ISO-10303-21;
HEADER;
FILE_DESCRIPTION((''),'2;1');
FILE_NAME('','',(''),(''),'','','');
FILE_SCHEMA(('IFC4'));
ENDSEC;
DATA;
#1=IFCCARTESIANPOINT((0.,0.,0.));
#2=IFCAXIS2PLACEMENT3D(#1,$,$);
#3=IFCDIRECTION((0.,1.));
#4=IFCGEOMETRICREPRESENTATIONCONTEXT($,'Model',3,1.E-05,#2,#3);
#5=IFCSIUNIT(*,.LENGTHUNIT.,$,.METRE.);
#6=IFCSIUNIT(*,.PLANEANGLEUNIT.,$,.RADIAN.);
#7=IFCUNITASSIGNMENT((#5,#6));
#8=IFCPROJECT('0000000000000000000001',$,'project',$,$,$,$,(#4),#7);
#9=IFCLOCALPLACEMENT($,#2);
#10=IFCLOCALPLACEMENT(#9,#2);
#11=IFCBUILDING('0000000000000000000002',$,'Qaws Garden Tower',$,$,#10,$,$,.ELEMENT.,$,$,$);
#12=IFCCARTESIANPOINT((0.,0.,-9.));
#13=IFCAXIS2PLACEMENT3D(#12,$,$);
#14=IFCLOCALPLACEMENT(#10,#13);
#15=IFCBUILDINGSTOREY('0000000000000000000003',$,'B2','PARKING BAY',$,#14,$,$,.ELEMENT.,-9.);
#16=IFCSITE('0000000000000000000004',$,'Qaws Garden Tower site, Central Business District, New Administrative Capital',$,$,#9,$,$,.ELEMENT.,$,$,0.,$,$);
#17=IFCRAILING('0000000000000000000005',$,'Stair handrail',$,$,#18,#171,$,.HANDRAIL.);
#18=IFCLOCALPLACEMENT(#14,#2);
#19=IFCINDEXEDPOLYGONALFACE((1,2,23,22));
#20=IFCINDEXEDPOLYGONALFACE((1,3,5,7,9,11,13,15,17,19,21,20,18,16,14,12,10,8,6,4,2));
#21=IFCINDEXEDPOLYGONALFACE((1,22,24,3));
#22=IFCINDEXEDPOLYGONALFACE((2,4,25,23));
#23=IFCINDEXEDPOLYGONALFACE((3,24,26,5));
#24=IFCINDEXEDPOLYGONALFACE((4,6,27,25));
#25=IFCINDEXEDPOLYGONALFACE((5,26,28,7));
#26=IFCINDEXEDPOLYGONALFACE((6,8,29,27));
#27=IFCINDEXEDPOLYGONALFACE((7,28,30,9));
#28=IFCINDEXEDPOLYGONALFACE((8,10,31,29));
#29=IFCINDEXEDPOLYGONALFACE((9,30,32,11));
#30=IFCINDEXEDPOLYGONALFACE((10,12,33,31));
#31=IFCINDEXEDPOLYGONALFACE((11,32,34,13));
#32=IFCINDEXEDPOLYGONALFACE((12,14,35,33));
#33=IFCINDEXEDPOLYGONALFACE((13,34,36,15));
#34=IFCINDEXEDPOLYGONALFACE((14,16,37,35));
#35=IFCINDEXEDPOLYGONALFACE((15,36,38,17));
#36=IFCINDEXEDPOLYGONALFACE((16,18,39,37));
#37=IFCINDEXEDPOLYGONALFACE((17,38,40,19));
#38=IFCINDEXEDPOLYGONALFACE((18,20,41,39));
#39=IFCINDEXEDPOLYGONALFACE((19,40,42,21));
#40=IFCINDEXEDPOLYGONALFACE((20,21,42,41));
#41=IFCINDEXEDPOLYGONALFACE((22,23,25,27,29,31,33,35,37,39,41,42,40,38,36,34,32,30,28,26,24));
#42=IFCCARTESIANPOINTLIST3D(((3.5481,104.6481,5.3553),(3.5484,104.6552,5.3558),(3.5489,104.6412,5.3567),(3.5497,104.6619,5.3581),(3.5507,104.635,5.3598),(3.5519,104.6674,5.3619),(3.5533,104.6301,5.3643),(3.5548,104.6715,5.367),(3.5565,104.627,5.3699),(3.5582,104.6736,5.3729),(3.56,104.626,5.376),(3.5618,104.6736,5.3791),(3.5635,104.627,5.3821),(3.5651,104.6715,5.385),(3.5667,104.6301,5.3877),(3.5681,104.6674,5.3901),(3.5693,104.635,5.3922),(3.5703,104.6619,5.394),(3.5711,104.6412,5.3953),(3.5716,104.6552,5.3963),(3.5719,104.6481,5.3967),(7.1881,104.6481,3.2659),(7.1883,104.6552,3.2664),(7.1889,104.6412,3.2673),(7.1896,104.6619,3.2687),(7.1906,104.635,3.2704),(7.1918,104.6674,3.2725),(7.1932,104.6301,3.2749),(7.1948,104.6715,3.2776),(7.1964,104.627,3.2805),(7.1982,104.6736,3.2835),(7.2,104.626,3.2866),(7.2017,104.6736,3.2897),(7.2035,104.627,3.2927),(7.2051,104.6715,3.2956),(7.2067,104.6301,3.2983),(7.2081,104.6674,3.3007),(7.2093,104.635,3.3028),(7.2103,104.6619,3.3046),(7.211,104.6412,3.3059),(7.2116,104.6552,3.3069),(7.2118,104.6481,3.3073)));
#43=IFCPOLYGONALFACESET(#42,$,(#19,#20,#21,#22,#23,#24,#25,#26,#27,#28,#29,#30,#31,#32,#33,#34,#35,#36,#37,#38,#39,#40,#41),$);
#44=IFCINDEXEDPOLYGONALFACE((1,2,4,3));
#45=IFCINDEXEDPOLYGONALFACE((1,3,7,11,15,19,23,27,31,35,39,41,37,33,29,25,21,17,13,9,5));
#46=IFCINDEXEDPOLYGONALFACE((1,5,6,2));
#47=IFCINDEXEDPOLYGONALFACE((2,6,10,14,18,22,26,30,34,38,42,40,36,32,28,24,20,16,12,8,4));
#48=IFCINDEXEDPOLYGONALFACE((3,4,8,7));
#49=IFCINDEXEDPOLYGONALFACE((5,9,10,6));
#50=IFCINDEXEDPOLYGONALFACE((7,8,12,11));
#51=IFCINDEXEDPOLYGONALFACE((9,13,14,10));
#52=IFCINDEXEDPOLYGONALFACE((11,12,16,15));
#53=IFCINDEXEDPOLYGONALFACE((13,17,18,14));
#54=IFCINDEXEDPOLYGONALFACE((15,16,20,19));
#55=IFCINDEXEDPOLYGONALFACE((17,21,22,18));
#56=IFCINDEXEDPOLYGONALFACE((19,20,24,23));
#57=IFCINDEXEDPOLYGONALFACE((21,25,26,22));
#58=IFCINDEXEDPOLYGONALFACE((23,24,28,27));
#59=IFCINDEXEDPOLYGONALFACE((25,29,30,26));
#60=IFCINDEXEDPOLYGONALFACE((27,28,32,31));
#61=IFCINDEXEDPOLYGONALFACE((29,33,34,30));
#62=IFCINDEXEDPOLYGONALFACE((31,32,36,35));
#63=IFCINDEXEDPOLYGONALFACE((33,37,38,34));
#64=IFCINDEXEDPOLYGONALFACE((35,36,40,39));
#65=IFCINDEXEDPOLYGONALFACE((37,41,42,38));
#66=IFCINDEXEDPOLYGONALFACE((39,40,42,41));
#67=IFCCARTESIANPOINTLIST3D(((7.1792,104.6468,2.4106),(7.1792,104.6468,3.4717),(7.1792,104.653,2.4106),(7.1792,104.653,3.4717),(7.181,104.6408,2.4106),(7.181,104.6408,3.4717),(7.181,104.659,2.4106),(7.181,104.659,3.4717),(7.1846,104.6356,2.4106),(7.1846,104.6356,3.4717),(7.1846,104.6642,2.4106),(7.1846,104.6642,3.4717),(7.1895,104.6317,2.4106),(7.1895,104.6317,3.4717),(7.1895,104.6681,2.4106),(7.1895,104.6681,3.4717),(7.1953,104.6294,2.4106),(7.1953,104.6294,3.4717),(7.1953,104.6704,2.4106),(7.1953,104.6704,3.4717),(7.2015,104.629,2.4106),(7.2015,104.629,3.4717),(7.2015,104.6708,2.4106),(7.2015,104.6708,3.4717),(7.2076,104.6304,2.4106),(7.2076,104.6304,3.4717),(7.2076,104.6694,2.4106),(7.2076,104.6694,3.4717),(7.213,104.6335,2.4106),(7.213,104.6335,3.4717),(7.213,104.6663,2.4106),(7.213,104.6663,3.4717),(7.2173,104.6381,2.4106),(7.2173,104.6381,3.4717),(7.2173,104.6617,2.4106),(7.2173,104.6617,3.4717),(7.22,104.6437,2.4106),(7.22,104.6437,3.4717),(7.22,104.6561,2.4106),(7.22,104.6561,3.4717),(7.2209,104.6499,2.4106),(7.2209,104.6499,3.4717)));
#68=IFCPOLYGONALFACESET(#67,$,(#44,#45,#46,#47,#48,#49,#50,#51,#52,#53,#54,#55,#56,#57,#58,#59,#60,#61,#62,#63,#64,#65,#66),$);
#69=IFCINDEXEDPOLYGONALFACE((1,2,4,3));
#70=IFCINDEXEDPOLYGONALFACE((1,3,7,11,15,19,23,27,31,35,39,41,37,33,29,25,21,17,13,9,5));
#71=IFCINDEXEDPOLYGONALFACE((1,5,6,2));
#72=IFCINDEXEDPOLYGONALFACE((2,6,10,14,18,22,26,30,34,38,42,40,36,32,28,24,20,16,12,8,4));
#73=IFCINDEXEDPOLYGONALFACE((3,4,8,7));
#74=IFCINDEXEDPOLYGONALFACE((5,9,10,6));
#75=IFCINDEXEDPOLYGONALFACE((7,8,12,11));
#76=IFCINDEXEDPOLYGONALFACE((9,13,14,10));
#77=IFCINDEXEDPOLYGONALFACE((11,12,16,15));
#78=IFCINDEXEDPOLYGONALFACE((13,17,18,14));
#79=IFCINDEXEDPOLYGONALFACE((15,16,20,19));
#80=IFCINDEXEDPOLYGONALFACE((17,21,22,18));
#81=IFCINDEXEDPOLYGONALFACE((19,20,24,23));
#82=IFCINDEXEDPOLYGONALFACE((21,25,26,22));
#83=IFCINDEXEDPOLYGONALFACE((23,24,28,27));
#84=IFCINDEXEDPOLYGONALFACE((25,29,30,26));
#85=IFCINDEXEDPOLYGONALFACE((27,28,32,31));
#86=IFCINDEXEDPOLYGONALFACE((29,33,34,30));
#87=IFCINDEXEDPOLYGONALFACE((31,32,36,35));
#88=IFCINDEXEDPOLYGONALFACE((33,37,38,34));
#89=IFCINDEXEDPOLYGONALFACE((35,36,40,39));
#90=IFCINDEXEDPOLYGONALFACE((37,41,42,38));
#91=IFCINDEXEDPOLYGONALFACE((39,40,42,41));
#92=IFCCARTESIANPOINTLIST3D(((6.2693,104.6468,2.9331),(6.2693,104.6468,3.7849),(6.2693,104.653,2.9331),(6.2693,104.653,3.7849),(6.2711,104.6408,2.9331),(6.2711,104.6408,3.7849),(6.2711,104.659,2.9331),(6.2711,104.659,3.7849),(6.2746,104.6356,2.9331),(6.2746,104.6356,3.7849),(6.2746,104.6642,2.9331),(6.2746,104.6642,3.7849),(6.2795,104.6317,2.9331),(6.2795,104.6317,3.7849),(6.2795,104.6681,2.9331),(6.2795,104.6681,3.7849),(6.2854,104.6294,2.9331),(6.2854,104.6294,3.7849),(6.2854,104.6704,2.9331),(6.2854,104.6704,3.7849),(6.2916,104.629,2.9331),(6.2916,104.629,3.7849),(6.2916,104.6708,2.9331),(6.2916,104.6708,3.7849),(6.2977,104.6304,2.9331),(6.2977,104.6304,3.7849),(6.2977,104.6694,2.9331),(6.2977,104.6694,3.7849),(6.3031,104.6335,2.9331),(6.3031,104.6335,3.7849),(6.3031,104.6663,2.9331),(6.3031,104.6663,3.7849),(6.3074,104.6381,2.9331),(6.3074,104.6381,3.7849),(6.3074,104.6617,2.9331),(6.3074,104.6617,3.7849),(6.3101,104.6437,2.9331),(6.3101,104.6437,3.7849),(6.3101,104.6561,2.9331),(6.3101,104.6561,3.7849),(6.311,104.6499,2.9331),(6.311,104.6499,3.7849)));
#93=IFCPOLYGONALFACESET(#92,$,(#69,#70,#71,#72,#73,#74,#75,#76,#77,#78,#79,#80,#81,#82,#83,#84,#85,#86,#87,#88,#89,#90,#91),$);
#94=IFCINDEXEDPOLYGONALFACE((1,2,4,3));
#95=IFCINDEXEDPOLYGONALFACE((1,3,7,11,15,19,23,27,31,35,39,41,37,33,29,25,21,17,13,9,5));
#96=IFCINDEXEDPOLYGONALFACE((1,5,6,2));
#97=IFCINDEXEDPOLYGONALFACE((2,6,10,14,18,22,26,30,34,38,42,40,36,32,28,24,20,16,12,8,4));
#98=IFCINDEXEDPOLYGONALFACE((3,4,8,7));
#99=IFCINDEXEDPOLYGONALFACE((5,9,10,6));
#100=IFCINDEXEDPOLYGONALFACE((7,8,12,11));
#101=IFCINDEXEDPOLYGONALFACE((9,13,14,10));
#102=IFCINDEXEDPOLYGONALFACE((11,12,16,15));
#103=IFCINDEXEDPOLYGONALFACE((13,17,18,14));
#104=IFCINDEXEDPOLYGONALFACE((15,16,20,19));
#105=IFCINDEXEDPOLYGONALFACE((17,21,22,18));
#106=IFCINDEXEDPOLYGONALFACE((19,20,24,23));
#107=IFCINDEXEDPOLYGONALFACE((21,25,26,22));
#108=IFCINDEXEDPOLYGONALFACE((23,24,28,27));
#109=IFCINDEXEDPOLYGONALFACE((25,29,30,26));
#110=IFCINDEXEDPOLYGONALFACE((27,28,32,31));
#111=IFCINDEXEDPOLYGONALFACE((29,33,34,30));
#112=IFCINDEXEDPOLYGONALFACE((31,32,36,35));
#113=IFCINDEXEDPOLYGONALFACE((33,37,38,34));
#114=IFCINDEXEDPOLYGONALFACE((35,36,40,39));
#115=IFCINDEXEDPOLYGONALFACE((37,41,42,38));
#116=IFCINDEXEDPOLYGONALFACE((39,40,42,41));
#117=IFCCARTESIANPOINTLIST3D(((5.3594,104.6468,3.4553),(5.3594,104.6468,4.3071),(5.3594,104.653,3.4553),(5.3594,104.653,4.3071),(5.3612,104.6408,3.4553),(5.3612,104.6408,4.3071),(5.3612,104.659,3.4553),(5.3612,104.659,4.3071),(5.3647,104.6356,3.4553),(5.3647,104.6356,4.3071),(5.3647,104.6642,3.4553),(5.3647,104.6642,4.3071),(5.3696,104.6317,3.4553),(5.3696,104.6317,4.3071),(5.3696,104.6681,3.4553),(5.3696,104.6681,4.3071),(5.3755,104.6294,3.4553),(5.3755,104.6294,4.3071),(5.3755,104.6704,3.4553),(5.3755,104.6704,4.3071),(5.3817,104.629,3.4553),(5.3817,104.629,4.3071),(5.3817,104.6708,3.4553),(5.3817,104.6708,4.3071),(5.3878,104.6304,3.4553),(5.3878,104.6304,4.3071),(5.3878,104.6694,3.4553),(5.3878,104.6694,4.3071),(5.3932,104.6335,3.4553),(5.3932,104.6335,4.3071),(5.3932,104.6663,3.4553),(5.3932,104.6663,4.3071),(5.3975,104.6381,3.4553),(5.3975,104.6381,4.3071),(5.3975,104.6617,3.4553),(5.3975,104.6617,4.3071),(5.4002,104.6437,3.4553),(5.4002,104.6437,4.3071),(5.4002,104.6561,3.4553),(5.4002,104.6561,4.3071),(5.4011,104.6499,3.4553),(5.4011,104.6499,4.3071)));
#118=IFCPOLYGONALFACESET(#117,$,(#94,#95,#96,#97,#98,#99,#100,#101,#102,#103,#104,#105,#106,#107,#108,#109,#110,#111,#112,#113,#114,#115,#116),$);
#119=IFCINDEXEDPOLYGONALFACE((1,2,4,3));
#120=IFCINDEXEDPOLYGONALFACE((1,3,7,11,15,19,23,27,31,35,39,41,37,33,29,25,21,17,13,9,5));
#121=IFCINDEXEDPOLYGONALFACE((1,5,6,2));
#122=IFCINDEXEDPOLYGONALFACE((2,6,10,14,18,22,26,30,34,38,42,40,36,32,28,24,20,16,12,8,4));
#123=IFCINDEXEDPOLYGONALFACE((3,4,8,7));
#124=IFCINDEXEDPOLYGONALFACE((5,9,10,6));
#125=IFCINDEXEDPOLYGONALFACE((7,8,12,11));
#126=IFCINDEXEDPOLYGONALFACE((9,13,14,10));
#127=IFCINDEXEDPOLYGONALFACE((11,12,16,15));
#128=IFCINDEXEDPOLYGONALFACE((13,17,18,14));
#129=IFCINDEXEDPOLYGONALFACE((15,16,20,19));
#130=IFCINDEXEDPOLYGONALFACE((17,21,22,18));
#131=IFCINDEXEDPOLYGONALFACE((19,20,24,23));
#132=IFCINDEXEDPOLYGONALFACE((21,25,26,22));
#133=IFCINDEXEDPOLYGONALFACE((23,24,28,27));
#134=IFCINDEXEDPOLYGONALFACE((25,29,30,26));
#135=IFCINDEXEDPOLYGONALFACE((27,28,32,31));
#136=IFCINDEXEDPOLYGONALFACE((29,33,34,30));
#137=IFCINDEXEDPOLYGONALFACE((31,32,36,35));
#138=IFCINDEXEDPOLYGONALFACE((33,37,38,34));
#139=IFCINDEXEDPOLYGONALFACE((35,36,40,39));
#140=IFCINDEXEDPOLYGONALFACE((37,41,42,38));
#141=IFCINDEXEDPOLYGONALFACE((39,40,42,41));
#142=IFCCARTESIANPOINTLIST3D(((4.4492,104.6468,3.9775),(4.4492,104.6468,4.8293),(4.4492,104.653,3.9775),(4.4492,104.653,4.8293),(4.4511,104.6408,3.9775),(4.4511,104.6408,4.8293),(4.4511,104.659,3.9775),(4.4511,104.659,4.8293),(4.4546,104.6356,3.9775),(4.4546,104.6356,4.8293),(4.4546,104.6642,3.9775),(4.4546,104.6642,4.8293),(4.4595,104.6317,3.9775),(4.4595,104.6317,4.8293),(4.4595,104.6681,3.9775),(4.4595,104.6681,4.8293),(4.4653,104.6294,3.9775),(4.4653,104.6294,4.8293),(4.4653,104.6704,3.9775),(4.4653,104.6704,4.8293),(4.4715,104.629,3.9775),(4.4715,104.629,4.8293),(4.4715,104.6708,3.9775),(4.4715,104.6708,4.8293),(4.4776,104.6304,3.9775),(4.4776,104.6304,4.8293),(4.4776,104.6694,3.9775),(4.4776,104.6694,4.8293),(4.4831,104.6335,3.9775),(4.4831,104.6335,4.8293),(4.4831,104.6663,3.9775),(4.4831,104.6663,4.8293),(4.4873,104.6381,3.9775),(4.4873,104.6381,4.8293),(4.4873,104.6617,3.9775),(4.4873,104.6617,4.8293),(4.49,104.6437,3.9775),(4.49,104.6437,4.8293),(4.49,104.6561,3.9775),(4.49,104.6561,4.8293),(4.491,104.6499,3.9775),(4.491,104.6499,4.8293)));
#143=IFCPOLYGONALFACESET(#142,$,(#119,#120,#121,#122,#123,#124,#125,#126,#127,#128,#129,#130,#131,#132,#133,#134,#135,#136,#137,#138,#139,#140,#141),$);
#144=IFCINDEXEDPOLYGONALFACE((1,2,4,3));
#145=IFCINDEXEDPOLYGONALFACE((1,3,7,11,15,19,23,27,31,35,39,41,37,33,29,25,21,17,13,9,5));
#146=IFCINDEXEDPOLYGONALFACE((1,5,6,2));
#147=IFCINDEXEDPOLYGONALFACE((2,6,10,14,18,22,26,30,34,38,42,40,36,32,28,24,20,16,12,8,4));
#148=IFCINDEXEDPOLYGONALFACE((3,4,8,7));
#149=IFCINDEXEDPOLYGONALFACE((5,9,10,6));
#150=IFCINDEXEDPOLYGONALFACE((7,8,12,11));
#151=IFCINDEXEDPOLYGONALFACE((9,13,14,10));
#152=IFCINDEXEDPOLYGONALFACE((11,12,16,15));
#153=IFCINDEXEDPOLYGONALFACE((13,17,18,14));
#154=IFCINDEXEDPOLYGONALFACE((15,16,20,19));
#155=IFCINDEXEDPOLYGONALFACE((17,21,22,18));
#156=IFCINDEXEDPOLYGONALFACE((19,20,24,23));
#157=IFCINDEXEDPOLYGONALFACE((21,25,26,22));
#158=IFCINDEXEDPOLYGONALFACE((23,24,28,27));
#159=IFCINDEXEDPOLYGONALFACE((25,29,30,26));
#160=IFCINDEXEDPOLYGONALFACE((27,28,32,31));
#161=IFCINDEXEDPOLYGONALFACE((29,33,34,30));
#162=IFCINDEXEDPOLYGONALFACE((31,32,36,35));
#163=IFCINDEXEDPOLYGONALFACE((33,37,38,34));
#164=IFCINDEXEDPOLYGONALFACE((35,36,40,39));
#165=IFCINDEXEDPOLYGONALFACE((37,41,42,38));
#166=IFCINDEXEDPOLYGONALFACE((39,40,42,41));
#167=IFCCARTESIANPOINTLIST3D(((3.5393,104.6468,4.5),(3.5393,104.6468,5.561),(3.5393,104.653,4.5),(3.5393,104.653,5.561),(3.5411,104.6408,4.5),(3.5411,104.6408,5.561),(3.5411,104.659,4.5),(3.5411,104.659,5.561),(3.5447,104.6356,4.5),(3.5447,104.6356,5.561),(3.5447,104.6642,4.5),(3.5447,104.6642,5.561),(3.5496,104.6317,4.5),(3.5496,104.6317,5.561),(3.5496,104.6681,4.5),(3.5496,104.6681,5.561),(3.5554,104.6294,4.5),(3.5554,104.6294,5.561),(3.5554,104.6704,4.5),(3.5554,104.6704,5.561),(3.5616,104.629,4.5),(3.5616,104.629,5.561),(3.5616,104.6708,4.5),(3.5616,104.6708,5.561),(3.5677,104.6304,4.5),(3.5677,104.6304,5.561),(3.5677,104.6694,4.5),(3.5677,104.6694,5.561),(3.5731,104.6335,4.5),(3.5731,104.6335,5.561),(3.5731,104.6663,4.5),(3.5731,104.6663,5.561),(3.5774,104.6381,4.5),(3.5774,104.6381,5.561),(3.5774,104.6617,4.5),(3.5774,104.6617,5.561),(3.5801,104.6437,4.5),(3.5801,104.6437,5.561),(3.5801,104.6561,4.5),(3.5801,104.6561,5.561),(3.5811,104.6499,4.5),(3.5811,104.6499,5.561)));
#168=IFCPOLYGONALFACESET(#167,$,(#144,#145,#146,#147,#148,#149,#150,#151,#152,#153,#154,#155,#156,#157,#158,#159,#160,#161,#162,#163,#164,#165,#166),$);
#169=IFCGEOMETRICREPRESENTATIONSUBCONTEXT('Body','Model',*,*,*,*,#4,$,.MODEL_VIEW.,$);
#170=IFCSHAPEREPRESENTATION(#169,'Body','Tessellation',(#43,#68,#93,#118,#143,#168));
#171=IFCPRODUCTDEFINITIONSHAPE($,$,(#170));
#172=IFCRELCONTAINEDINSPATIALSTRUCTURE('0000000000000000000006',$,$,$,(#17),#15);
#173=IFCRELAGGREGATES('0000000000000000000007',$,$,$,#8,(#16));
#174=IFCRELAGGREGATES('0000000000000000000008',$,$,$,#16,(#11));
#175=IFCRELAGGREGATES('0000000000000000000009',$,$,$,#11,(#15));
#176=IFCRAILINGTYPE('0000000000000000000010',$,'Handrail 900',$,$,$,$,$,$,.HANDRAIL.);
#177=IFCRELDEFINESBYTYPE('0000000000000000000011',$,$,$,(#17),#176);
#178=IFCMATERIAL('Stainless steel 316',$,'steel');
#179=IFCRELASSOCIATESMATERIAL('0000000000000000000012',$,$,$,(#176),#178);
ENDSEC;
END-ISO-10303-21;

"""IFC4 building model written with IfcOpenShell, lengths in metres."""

from ifc_helpers import new_model, si_unit, direction, frame, origin, origin_2d, place, context, subcontext, project, spatial, circle, extrude, material, type_object, element, save


model = new_model("IFC4")

# Units and contexts
model_context = context("Model", 3, precision=1e-05, world=origin(), true_north=direction((0.0, 1.0)))
body_context = subcontext(model_context, "Body", "Model", "MODEL_VIEW")
ifc_project = project(units=[si_unit("LENGTHUNIT", "METRE"), si_unit("PLANEANGLEUNIT", "RADIAN")], contexts=[model_context])

# Site, building, storey
site_placement = place(None, origin())
site = spatial("IfcSite", under=ifc_project, at=site_placement, Name="Qaws Garden Tower site, Central Business District, New Administrative Capital", CompositionType="ELEMENT", RefElevation=0.0)
building_placement = place(site_placement, origin())
building = spatial("IfcBuilding", under=site, at=building_placement, Name="Qaws Garden Tower", CompositionType="ELEMENT")
storey_placement = place(building_placement, frame((0.0, 0.0, -9.0)))
storey = spatial("IfcBuildingStorey", under=building, at=storey_placement, Name="B2", Description="PARKING BAY", CompositionType="ELEMENT", Elevation=-9.0)

# Railing
ifc_material_1 = material(Name="Stainless steel 316", Category="steel")
railing_type_1 = type_object("IfcRailingType", Name="Handrail 900", PredefinedType="HANDRAIL", material=ifc_material_1)
for number, where, name in (
    (1, (7.2, 104.6499, 2.4106), "Stair handrail"),
):
    element("IfcRailing", number, at=place(storey_placement, frame(where)), inside=storey, type_object=railing_type_1, Name=name, PredefinedType="HANDRAIL", context=body_context, shape_type="SweptSolid", body=[
        extrude(circle(Radius=0.0239, at=origin_2d()), frame((0.0, 0.0, 0.876), z_axis=(-0.867275, 0.0, 0.497829), x_axis=(0.0, -1.0, 0.0)), (0.0, 0.0, 1.0), 4.197),
        extrude(circle(Radius=0.021, at=origin_2d()), origin(), (0.0, 0.0, 1.0), 1.061),
        extrude(circle(Radius=0.021, at=origin_2d()), frame((-0.9099, 0.0, 0.5225)), (0.0, 0.0, 1.0), 0.8518),
        extrude(circle(Radius=0.021, at=origin_2d()), frame((-1.8198, 0.0, 1.0447)), (0.0, 0.0, 1.0), 0.8518),
        extrude(circle(Radius=0.021, at=origin_2d()), frame((-2.73, 0.0, 1.5669)), (0.0, 0.0, 1.0), 0.8518),
        extrude(circle(Radius=0.021, at=origin_2d()), frame((-3.6399, 0.0, 2.0894)), (0.0, 0.0, 1.0), 1.061),
    ])

save(model, "model.ifc")
